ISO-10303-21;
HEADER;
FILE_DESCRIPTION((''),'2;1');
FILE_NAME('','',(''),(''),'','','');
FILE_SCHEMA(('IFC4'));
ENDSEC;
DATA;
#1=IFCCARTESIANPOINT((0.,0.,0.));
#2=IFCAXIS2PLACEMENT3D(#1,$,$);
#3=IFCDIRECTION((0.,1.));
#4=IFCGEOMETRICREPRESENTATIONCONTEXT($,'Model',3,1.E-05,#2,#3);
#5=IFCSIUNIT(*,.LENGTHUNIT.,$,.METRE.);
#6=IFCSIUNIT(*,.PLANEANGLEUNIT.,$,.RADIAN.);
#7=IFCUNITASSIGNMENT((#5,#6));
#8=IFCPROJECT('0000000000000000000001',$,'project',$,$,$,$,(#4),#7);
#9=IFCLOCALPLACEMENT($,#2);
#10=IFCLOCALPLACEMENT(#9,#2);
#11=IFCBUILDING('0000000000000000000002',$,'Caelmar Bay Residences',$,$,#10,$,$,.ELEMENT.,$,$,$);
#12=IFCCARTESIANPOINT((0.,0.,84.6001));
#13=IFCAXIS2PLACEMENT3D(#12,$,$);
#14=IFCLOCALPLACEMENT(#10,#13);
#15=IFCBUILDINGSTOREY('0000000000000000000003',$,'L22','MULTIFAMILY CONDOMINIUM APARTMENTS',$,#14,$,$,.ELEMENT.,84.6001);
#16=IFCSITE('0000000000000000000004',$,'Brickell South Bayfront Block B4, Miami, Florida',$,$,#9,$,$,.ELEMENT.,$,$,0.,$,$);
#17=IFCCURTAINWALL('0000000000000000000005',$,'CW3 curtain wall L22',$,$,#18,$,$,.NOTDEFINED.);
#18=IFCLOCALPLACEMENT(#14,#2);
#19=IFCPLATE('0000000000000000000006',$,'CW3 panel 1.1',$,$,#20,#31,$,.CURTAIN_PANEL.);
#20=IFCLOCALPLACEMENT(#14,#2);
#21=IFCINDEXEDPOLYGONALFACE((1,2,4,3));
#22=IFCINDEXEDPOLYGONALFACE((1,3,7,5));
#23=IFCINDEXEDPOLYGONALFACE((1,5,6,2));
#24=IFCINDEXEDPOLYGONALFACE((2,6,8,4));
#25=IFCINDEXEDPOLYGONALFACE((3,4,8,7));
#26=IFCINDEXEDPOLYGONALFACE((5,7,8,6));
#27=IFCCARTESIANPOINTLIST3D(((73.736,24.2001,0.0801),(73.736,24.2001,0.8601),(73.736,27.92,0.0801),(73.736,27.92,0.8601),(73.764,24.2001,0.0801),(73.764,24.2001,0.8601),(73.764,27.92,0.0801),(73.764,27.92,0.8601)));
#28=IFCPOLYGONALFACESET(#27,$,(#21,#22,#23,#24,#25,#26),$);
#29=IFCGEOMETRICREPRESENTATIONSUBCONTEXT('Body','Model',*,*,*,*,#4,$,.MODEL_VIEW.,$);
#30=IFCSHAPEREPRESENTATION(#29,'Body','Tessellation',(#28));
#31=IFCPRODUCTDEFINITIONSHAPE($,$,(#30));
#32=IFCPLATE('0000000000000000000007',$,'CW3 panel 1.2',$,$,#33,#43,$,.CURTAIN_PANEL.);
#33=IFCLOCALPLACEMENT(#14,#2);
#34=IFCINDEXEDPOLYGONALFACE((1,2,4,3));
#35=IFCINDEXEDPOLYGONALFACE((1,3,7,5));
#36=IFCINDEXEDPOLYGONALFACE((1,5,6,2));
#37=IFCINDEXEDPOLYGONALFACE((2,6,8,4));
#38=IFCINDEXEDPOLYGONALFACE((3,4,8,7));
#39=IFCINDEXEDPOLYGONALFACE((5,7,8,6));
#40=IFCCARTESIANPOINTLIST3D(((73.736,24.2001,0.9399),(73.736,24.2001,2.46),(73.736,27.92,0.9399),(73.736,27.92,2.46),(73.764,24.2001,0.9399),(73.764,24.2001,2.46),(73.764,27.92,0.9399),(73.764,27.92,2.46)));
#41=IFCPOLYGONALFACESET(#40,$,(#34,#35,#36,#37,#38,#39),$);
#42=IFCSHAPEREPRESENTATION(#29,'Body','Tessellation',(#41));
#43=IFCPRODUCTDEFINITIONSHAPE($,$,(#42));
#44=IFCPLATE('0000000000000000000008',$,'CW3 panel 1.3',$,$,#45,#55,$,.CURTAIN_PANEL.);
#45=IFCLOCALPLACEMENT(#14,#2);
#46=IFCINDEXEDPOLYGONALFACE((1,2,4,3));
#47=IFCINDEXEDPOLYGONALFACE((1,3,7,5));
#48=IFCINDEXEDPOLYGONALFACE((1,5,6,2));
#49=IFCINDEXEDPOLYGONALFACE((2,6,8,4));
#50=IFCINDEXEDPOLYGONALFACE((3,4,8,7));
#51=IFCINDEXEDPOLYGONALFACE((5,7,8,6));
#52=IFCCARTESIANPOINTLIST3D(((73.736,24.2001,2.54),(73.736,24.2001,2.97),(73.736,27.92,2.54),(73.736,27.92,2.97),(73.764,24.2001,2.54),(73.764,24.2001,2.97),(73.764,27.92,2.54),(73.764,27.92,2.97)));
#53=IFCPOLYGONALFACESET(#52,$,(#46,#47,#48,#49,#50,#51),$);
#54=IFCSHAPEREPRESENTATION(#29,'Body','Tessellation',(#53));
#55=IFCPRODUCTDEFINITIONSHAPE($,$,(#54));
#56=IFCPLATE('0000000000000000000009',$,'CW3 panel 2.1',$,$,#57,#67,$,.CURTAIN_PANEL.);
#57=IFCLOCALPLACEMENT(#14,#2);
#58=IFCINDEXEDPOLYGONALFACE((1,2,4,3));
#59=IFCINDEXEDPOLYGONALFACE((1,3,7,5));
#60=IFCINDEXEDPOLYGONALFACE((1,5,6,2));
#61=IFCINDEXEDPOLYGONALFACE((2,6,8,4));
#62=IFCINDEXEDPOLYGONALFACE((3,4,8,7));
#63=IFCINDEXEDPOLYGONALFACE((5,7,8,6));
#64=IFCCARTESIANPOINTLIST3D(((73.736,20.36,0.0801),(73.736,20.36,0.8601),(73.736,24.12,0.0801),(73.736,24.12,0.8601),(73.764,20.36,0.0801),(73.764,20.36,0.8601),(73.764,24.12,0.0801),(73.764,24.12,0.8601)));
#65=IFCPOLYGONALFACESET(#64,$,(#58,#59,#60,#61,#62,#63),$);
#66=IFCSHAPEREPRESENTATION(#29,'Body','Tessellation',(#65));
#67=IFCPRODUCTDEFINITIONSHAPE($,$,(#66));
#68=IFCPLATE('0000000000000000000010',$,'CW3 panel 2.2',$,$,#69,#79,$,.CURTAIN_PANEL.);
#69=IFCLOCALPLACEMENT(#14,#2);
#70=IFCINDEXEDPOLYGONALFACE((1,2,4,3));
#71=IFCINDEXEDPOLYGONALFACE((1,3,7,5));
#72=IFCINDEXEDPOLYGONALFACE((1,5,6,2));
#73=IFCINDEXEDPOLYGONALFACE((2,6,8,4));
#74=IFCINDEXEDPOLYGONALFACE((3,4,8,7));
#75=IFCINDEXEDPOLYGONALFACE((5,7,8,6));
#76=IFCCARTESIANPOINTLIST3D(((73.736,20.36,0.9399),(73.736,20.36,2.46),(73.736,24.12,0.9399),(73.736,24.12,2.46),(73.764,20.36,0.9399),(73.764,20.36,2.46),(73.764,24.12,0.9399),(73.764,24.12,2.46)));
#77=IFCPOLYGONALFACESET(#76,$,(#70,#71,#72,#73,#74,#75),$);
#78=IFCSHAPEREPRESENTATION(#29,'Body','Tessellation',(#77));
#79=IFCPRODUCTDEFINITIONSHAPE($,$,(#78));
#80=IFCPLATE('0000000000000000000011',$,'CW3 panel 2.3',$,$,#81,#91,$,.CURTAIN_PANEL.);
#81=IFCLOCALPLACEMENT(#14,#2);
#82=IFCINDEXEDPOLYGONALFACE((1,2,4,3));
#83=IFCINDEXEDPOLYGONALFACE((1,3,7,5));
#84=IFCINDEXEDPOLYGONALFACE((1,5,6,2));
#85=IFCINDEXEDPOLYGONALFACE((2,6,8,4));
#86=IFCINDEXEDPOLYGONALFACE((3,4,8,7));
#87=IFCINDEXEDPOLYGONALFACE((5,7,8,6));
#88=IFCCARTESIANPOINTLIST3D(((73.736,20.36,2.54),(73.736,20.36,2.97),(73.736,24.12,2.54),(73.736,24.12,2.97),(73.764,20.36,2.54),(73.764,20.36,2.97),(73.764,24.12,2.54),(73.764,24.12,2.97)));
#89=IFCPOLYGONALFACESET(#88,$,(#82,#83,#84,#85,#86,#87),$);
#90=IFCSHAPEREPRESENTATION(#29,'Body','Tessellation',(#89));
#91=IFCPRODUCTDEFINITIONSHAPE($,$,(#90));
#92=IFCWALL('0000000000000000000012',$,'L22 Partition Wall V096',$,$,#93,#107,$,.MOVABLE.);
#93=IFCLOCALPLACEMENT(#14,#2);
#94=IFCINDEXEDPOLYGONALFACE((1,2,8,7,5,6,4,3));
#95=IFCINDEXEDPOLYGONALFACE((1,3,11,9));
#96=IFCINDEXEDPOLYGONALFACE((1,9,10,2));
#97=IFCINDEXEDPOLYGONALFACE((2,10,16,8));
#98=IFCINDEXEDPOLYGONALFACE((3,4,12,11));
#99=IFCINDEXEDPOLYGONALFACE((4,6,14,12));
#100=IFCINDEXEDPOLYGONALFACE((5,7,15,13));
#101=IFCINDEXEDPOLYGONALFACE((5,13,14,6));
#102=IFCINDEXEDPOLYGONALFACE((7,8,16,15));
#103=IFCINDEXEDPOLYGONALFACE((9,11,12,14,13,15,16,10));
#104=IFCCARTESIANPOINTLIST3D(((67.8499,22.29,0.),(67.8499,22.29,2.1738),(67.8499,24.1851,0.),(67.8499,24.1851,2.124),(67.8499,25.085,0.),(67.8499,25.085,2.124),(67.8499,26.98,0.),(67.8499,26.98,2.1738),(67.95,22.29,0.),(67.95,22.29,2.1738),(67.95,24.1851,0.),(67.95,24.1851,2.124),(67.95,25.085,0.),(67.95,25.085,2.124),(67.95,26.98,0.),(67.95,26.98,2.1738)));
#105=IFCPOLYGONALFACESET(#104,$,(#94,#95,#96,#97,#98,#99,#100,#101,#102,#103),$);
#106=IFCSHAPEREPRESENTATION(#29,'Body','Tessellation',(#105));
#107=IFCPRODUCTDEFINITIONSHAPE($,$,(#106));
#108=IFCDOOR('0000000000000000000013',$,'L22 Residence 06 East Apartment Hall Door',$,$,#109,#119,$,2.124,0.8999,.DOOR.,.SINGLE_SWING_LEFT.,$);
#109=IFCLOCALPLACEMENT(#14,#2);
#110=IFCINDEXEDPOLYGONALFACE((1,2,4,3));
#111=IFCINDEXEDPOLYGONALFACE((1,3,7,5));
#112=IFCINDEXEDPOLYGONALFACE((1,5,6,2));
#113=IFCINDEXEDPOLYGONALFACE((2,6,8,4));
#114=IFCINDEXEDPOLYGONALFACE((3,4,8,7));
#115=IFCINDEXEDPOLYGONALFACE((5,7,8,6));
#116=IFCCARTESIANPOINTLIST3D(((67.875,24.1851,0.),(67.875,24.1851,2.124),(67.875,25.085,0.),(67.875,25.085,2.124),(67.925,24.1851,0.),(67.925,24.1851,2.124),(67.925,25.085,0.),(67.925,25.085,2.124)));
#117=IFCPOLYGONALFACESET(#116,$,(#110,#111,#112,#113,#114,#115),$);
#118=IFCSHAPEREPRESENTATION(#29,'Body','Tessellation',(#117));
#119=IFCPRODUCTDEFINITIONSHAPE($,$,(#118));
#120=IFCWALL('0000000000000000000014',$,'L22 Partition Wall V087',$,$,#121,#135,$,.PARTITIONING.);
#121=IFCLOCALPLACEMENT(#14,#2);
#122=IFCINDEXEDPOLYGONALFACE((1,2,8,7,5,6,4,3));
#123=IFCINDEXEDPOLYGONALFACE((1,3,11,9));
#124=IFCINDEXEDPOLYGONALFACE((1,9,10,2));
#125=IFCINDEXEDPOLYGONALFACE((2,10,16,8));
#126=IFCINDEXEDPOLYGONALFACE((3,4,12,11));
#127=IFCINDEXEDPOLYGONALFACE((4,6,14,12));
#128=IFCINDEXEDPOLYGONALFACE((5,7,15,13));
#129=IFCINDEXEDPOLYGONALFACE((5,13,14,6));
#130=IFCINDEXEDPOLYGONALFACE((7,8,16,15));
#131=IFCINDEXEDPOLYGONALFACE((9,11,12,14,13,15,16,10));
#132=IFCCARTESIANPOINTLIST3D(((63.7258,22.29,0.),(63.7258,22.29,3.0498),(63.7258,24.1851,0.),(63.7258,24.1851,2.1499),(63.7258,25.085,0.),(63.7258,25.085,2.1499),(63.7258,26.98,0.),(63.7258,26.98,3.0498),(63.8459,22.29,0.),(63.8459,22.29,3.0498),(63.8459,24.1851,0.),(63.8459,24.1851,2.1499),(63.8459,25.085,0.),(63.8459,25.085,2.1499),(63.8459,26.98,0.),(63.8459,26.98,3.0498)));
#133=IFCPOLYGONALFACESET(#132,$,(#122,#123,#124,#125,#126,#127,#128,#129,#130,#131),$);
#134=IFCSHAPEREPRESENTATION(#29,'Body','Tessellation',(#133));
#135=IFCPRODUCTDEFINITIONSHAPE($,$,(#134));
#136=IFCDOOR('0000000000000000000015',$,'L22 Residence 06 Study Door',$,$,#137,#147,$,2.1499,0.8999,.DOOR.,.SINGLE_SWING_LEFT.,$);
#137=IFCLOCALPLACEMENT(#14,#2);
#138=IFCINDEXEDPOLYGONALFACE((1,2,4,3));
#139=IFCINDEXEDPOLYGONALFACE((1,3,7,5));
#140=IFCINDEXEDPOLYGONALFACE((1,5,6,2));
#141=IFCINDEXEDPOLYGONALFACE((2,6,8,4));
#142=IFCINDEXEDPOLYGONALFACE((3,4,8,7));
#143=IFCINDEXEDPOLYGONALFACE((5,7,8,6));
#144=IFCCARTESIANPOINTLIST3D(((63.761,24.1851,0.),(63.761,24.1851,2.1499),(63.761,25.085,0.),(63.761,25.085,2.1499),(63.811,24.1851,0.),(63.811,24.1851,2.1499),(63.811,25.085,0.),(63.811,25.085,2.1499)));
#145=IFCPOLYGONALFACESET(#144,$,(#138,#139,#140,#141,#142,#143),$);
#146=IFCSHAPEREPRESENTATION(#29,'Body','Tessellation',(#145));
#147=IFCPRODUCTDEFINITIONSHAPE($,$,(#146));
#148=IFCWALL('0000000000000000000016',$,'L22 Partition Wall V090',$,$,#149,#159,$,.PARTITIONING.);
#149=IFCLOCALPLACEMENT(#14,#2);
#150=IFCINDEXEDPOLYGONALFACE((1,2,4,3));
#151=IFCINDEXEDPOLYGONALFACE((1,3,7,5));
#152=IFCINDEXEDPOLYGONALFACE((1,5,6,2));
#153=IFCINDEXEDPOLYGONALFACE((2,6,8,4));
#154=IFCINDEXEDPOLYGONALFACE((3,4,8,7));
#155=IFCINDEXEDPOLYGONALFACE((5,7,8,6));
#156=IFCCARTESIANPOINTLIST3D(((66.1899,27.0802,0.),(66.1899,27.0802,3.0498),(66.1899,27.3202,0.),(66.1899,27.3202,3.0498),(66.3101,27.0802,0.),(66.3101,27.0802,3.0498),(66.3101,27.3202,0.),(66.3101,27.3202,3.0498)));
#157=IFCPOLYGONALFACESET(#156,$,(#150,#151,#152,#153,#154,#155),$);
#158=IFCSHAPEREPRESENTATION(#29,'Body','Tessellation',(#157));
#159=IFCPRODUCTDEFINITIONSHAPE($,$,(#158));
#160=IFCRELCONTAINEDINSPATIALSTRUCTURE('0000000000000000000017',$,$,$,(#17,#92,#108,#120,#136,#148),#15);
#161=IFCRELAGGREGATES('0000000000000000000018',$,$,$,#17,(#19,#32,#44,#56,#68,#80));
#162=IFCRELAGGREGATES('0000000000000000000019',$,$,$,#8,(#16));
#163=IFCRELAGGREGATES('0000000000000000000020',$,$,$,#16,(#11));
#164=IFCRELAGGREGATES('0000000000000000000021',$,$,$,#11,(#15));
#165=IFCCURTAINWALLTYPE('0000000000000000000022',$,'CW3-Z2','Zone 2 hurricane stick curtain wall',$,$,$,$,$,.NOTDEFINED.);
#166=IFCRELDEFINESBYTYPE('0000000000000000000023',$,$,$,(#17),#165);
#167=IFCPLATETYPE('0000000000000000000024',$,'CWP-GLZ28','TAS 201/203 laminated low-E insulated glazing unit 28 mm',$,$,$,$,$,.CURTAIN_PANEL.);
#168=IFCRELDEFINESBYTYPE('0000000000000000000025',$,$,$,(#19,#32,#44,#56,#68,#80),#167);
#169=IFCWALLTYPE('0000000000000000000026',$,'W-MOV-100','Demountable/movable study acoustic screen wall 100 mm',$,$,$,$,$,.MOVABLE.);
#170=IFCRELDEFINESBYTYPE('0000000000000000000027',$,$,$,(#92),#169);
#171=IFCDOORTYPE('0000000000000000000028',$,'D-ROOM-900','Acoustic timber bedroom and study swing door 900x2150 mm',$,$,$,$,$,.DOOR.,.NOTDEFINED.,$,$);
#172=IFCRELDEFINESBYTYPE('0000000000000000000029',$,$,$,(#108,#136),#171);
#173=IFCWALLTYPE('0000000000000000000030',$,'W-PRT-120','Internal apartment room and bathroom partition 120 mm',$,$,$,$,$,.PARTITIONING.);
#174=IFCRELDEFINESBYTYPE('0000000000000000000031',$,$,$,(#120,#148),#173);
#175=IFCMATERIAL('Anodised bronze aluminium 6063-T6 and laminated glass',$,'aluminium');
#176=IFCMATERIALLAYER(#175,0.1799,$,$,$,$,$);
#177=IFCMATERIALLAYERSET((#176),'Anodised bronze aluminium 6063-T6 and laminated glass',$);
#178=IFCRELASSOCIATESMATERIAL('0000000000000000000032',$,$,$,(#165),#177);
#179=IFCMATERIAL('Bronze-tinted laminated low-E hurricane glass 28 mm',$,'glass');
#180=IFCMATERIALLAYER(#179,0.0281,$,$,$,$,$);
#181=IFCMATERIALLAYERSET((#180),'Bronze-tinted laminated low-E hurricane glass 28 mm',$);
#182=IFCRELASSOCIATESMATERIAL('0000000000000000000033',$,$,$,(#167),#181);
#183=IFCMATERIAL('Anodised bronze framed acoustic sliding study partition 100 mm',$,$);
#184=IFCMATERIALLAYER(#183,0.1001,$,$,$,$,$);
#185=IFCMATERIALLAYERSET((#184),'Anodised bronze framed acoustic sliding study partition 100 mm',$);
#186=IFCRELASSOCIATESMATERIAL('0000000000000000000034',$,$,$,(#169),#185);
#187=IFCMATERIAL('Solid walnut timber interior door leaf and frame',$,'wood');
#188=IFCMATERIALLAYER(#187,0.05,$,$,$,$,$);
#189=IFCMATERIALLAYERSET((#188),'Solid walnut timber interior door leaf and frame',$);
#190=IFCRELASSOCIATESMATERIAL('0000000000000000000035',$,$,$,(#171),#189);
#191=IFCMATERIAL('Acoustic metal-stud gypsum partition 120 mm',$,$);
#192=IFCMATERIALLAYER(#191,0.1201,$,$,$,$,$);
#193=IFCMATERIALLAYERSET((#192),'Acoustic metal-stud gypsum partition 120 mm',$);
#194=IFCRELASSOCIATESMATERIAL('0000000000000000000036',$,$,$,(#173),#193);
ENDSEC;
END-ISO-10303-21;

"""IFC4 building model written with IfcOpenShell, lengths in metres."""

from ifc_helpers import new_model, si_unit, direction, frame, frame_2d, origin, origin_2d, place, context, subcontext, project, spatial, rectangle, extrude, material, layer, layer_set, type_object, element, fill, aggregate, save


model = new_model("IFC4")

# Units and contexts
model_context = context("Model", 3, precision=1e-05, world=origin(), true_north=direction((0.0, 1.0)))
body_context = subcontext(model_context, "Body", "Model", "MODEL_VIEW")
ifc_project = project(units=[si_unit("LENGTHUNIT", "METRE"), si_unit("PLANEANGLEUNIT", "RADIAN")], contexts=[model_context])

# Site, building, storey
site_placement = place(None, origin())
site = spatial("IfcSite", under=ifc_project, at=site_placement, Name="Brickell South Bayfront Block B4, Miami, Florida", CompositionType="ELEMENT", RefElevation=0.0)
building_placement = place(site_placement, origin())
building = spatial("IfcBuilding", under=site, at=building_placement, Name="Caelmar Bay Residences", CompositionType="ELEMENT")
storey_placement = place(building_placement, frame((0.0, 0.0, 84.6001)))
storey = spatial("IfcBuildingStorey", under=building, at=storey_placement, Name="L22", Description="MULTIFAMILY CONDOMINIUM APARTMENTS", CompositionType="ELEMENT", Elevation=84.6001)

# Curtain wall, plates
ifc_material_1 = material(Name="Anodised bronze aluminium 6063-T6 and laminated glass", Category="aluminium")
ifc_layer_1 = layer(ifc_material_1, 0.1799)
ifc_layer_set_1 = layer_set([ifc_layer_1], Name="Anodised bronze aluminium 6063-T6 and laminated glass")
curtain_wall_type = type_object("IfcCurtainWallType", Name="CW3-Z2", Description="Zone 2 hurricane stick curtain wall", PredefinedType="NOTDEFINED", material=ifc_layer_set_1)
curtain_wall_placement = place(storey_placement, origin())
curtain_wall = element("IfcCurtainWall", 1, at=curtain_wall_placement, inside=storey, type_object=curtain_wall_type, Name="CW3 curtain wall L22", PredefinedType="NOTDEFINED")
ifc_material_2 = material(Name="Bronze-tinted laminated low-E hurricane glass 28 mm", Category="glass")
ifc_layer_2 = layer(ifc_material_2, 0.0281)
ifc_layer_set_2 = layer_set([ifc_layer_2], Name="Bronze-tinted laminated low-E hurricane glass 28 mm")
plate_type = type_object("IfcPlateType", Name="CWP-GLZ28", Description="TAS 201/203 laminated low-E insulated glazing unit 28 mm", PredefinedType="CURTAIN_PANEL", material=ifc_layer_set_2)
plate_1_placement = place(storey_placement, frame((73.75, 26.0601, 0.0801), z_axis=(0.0, 0.0, 1.0), x_axis=(0.0, -1.0, 0.0)))
plate_1 = element("IfcPlate", 2, at=plate_1_placement, type_object=plate_type, Name="CW3 panel 1.1", PredefinedType="CURTAIN_PANEL", context=body_context, shape_type="SweptSolid", body=[
    extrude(rectangle(XDim=3.72, YDim=0.0281, at=origin_2d()), origin(), (0.0, 0.0, 1.0), 0.78),
])
plate_2_placement = place(storey_placement, frame((73.75, 26.0601, 0.9399), z_axis=(0.0, 0.0, 1.0), x_axis=(0.0, -1.0, 0.0)))
plate_2 = element("IfcPlate", 3, at=plate_2_placement, type_object=plate_type, Name="CW3 panel 1.2", PredefinedType="CURTAIN_PANEL", context=body_context, shape_type="SweptSolid", body=[
    extrude(rectangle(XDim=3.72, YDim=0.0281, at=origin_2d()), origin(), (0.0, 0.0, 1.0), 1.52),
])
plate_3_placement = place(storey_placement, frame((73.75, 26.0601, 2.54), z_axis=(0.0, 0.0, 1.0), x_axis=(0.0, -1.0, 0.0)))
plate_3 = element("IfcPlate", 4, at=plate_3_placement, type_object=plate_type, Name="CW3 panel 1.3", PredefinedType="CURTAIN_PANEL", context=body_context, shape_type="SweptSolid", body=[
    extrude(rectangle(XDim=3.72, YDim=0.0281, at=origin_2d()), origin(), (0.0, 0.0, 1.0), 0.4299),
])
plate_4_placement = place(storey_placement, frame((73.75, 22.24, 0.0801), z_axis=(0.0, 0.0, 1.0), x_axis=(0.0, -1.0, 0.0)))
plate_4 = element("IfcPlate", 5, at=plate_4_placement, type_object=plate_type, Name="CW3 panel 2.1", PredefinedType="CURTAIN_PANEL", context=body_context, shape_type="SweptSolid", body=[
    extrude(rectangle(XDim=3.76, YDim=0.0281, at=origin_2d()), origin(), (0.0, 0.0, 1.0), 0.78),
])
plate_5_placement = place(storey_placement, frame((73.75, 22.24, 0.9399), z_axis=(0.0, 0.0, 1.0), x_axis=(0.0, -1.0, 0.0)))
plate_5 = element("IfcPlate", 6, at=plate_5_placement, type_object=plate_type, Name="CW3 panel 2.2", PredefinedType="CURTAIN_PANEL", context=body_context, shape_type="SweptSolid", body=[
    extrude(rectangle(XDim=3.76, YDim=0.0281, at=origin_2d()), origin(), (0.0, 0.0, 1.0), 1.52),
])
plate_6_placement = place(storey_placement, frame((73.75, 22.24, 2.54), z_axis=(0.0, 0.0, 1.0), x_axis=(0.0, -1.0, 0.0)))
plate_6 = element("IfcPlate", 7, at=plate_6_placement, type_object=plate_type, Name="CW3 panel 2.3", PredefinedType="CURTAIN_PANEL", context=body_context, shape_type="SweptSolid", body=[
    extrude(rectangle(XDim=3.76, YDim=0.0281, at=origin_2d()), origin(), (0.0, 0.0, 1.0), 0.4299),
])
aggregate(curtain_wall, [plate_1, plate_2, plate_3, plate_4, plate_5, plate_6])

# Walls, openings, doors
ifc_material_3 = material(Name="Anodised bronze framed acoustic sliding study partition 100 mm")
ifc_layer_3 = layer(ifc_material_3, 0.1001)
ifc_layer_set_3 = layer_set([ifc_layer_3], Name="Anodised bronze framed acoustic sliding study partition 100 mm")
wall_type_1 = type_object("IfcWallType", Name="W-MOV-100", Description="Demountable/movable study acoustic screen wall 100 mm", PredefinedType="MOVABLE", material=ifc_layer_set_3)
wall_1_placement = place(storey_placement, frame((67.8999, 22.29, 0.0), z_axis=(0.0, 0.0, 1.0), x_axis=(0.0, 1.0, 0.0)))
wall_1 = element("IfcWall", 8, at=wall_1_placement, inside=storey, type_object=wall_type_1, Name="L22 Partition Wall V096", PredefinedType="MOVABLE", context=body_context, shape_type="SweptSolid", body=[
    extrude(rectangle(XDim=4.6899, YDim=0.1001, at=frame_2d((2.345, 0.0))), origin(), (0.0, 0.0, 1.0), 2.1738),
])
opening_1_placement = place(wall_1_placement, frame((1.895, 0.0, 0.0)))
opening_1 = element("IfcOpeningElement", 9, at=opening_1_placement, cuts=wall_1, PredefinedType="OPENING", context=body_context, shape_type="SweptSolid", body=[
    extrude(rectangle(XDim=0.8999, YDim=2.124, at=frame_2d((0.45, 1.062))), frame((0.0, 0.0601, 0.0), z_axis=(0.0, -1.0, 0.0), x_axis=(1.0, 0.0, 0.0)), (0.0, 0.0, 1.0), 0.1201),
])
ifc_material_4 = material(Name="Solid walnut timber interior door leaf and frame", Category="wood")
ifc_layer_4 = layer(ifc_material_4, 0.05)
ifc_layer_set_4 = layer_set([ifc_layer_4], Name="Solid walnut timber interior door leaf and frame")
door_type_1 = type_object("IfcDoorType", Name="D-ROOM-900", Description="Acoustic timber bedroom and study swing door 900x2150 mm", OperationType="NOTDEFINED", PredefinedType="DOOR", material=ifc_layer_set_4)
door_1_placement = place(opening_1_placement, origin())
door_1 = element("IfcDoor", 10, at=door_1_placement, inside=storey, type_object=door_type_1, Name="L22 Residence 06 East Apartment Hall Door", OperationType="SINGLE_SWING_LEFT", OverallHeight=2.124, OverallWidth=0.8999, PredefinedType="DOOR", context=body_context, shape_type="SweptSolid", body=[
    extrude(rectangle(XDim=0.8999, YDim=2.124, at=frame_2d((0.45, 1.062))), frame((0.0, 0.0249, 0.0), z_axis=(0.0, -1.0, 0.0), x_axis=(1.0, 0.0, 0.0)), (0.0, 0.0, 1.0), 0.05),
])
fill(opening_1, door_1)
ifc_material_5 = material(Name="Acoustic metal-stud gypsum partition 120 mm")
ifc_layer_5 = layer(ifc_material_5, 0.1201)
ifc_layer_set_5 = layer_set([ifc_layer_5], Name="Acoustic metal-stud gypsum partition 120 mm")
wall_type_2 = type_object("IfcWallType", Name="W-PRT-120", Description="Internal apartment room and bathroom partition 120 mm", PredefinedType="PARTITIONING", material=ifc_layer_set_5)
wall_2_placement = place(storey_placement, frame((63.7859, 22.29, 0.0), z_axis=(0.0, 0.0, 1.0), x_axis=(0.0, 1.0, 0.0)))
wall_2 = element("IfcWall", 11, at=wall_2_placement, inside=storey, type_object=wall_type_2, Name="L22 Partition Wall V087", PredefinedType="PARTITIONING", context=body_context, shape_type="SweptSolid", body=[
    extrude(rectangle(XDim=4.6899, YDim=0.1201, at=frame_2d((2.345, 0.0))), origin(), (0.0, 0.0, 1.0), 3.0498),
])
opening_2_placement = place(wall_2_placement, frame((1.895, 0.0, 0.0)))
opening_2 = element("IfcOpeningElement", 12, at=opening_2_placement, cuts=wall_2, PredefinedType="OPENING", context=body_context, shape_type="SweptSolid", body=[
    extrude(rectangle(XDim=0.8999, YDim=2.1499, at=frame_2d((0.45, 1.075))), frame((0.0, 0.0701, 0.0), z_axis=(0.0, -1.0, 0.0), x_axis=(1.0, 0.0, 0.0)), (0.0, 0.0, 1.0), 0.1401),
])
door_2_placement = place(opening_2_placement, origin())
door_2 = element("IfcDoor", 13, at=door_2_placement, inside=storey, type_object=door_type_1, Name="L22 Residence 06 Study Door", OperationType="SINGLE_SWING_LEFT", OverallHeight=2.1499, OverallWidth=0.8999, PredefinedType="DOOR", context=body_context, shape_type="SweptSolid", body=[
    extrude(rectangle(XDim=0.8999, YDim=2.1499, at=frame_2d((0.45, 1.075))), frame((0.0, 0.0249, 0.0), z_axis=(0.0, -1.0, 0.0), x_axis=(1.0, 0.0, 0.0)), (0.0, 0.0, 1.0), 0.05),
])
fill(opening_2, door_2)

# Wall
wall_3_placement = place(storey_placement, frame((66.25, 27.0801, 0.0), z_axis=(0.0, 0.0, 1.0), x_axis=(0.0, 1.0, 0.0)))
element("IfcWall", 14, at=wall_3_placement, inside=storey, type_object=wall_type_2, Name="L22 Partition Wall V090", PredefinedType="PARTITIONING", context=body_context, shape_type="SweptSolid", body=[
    extrude(rectangle(XDim=0.24, YDim=0.1201, at=frame_2d((0.1201, 0.0))), origin(), (0.0, 0.0, 1.0), 3.0498),
])

save(model, "model.ifc")
